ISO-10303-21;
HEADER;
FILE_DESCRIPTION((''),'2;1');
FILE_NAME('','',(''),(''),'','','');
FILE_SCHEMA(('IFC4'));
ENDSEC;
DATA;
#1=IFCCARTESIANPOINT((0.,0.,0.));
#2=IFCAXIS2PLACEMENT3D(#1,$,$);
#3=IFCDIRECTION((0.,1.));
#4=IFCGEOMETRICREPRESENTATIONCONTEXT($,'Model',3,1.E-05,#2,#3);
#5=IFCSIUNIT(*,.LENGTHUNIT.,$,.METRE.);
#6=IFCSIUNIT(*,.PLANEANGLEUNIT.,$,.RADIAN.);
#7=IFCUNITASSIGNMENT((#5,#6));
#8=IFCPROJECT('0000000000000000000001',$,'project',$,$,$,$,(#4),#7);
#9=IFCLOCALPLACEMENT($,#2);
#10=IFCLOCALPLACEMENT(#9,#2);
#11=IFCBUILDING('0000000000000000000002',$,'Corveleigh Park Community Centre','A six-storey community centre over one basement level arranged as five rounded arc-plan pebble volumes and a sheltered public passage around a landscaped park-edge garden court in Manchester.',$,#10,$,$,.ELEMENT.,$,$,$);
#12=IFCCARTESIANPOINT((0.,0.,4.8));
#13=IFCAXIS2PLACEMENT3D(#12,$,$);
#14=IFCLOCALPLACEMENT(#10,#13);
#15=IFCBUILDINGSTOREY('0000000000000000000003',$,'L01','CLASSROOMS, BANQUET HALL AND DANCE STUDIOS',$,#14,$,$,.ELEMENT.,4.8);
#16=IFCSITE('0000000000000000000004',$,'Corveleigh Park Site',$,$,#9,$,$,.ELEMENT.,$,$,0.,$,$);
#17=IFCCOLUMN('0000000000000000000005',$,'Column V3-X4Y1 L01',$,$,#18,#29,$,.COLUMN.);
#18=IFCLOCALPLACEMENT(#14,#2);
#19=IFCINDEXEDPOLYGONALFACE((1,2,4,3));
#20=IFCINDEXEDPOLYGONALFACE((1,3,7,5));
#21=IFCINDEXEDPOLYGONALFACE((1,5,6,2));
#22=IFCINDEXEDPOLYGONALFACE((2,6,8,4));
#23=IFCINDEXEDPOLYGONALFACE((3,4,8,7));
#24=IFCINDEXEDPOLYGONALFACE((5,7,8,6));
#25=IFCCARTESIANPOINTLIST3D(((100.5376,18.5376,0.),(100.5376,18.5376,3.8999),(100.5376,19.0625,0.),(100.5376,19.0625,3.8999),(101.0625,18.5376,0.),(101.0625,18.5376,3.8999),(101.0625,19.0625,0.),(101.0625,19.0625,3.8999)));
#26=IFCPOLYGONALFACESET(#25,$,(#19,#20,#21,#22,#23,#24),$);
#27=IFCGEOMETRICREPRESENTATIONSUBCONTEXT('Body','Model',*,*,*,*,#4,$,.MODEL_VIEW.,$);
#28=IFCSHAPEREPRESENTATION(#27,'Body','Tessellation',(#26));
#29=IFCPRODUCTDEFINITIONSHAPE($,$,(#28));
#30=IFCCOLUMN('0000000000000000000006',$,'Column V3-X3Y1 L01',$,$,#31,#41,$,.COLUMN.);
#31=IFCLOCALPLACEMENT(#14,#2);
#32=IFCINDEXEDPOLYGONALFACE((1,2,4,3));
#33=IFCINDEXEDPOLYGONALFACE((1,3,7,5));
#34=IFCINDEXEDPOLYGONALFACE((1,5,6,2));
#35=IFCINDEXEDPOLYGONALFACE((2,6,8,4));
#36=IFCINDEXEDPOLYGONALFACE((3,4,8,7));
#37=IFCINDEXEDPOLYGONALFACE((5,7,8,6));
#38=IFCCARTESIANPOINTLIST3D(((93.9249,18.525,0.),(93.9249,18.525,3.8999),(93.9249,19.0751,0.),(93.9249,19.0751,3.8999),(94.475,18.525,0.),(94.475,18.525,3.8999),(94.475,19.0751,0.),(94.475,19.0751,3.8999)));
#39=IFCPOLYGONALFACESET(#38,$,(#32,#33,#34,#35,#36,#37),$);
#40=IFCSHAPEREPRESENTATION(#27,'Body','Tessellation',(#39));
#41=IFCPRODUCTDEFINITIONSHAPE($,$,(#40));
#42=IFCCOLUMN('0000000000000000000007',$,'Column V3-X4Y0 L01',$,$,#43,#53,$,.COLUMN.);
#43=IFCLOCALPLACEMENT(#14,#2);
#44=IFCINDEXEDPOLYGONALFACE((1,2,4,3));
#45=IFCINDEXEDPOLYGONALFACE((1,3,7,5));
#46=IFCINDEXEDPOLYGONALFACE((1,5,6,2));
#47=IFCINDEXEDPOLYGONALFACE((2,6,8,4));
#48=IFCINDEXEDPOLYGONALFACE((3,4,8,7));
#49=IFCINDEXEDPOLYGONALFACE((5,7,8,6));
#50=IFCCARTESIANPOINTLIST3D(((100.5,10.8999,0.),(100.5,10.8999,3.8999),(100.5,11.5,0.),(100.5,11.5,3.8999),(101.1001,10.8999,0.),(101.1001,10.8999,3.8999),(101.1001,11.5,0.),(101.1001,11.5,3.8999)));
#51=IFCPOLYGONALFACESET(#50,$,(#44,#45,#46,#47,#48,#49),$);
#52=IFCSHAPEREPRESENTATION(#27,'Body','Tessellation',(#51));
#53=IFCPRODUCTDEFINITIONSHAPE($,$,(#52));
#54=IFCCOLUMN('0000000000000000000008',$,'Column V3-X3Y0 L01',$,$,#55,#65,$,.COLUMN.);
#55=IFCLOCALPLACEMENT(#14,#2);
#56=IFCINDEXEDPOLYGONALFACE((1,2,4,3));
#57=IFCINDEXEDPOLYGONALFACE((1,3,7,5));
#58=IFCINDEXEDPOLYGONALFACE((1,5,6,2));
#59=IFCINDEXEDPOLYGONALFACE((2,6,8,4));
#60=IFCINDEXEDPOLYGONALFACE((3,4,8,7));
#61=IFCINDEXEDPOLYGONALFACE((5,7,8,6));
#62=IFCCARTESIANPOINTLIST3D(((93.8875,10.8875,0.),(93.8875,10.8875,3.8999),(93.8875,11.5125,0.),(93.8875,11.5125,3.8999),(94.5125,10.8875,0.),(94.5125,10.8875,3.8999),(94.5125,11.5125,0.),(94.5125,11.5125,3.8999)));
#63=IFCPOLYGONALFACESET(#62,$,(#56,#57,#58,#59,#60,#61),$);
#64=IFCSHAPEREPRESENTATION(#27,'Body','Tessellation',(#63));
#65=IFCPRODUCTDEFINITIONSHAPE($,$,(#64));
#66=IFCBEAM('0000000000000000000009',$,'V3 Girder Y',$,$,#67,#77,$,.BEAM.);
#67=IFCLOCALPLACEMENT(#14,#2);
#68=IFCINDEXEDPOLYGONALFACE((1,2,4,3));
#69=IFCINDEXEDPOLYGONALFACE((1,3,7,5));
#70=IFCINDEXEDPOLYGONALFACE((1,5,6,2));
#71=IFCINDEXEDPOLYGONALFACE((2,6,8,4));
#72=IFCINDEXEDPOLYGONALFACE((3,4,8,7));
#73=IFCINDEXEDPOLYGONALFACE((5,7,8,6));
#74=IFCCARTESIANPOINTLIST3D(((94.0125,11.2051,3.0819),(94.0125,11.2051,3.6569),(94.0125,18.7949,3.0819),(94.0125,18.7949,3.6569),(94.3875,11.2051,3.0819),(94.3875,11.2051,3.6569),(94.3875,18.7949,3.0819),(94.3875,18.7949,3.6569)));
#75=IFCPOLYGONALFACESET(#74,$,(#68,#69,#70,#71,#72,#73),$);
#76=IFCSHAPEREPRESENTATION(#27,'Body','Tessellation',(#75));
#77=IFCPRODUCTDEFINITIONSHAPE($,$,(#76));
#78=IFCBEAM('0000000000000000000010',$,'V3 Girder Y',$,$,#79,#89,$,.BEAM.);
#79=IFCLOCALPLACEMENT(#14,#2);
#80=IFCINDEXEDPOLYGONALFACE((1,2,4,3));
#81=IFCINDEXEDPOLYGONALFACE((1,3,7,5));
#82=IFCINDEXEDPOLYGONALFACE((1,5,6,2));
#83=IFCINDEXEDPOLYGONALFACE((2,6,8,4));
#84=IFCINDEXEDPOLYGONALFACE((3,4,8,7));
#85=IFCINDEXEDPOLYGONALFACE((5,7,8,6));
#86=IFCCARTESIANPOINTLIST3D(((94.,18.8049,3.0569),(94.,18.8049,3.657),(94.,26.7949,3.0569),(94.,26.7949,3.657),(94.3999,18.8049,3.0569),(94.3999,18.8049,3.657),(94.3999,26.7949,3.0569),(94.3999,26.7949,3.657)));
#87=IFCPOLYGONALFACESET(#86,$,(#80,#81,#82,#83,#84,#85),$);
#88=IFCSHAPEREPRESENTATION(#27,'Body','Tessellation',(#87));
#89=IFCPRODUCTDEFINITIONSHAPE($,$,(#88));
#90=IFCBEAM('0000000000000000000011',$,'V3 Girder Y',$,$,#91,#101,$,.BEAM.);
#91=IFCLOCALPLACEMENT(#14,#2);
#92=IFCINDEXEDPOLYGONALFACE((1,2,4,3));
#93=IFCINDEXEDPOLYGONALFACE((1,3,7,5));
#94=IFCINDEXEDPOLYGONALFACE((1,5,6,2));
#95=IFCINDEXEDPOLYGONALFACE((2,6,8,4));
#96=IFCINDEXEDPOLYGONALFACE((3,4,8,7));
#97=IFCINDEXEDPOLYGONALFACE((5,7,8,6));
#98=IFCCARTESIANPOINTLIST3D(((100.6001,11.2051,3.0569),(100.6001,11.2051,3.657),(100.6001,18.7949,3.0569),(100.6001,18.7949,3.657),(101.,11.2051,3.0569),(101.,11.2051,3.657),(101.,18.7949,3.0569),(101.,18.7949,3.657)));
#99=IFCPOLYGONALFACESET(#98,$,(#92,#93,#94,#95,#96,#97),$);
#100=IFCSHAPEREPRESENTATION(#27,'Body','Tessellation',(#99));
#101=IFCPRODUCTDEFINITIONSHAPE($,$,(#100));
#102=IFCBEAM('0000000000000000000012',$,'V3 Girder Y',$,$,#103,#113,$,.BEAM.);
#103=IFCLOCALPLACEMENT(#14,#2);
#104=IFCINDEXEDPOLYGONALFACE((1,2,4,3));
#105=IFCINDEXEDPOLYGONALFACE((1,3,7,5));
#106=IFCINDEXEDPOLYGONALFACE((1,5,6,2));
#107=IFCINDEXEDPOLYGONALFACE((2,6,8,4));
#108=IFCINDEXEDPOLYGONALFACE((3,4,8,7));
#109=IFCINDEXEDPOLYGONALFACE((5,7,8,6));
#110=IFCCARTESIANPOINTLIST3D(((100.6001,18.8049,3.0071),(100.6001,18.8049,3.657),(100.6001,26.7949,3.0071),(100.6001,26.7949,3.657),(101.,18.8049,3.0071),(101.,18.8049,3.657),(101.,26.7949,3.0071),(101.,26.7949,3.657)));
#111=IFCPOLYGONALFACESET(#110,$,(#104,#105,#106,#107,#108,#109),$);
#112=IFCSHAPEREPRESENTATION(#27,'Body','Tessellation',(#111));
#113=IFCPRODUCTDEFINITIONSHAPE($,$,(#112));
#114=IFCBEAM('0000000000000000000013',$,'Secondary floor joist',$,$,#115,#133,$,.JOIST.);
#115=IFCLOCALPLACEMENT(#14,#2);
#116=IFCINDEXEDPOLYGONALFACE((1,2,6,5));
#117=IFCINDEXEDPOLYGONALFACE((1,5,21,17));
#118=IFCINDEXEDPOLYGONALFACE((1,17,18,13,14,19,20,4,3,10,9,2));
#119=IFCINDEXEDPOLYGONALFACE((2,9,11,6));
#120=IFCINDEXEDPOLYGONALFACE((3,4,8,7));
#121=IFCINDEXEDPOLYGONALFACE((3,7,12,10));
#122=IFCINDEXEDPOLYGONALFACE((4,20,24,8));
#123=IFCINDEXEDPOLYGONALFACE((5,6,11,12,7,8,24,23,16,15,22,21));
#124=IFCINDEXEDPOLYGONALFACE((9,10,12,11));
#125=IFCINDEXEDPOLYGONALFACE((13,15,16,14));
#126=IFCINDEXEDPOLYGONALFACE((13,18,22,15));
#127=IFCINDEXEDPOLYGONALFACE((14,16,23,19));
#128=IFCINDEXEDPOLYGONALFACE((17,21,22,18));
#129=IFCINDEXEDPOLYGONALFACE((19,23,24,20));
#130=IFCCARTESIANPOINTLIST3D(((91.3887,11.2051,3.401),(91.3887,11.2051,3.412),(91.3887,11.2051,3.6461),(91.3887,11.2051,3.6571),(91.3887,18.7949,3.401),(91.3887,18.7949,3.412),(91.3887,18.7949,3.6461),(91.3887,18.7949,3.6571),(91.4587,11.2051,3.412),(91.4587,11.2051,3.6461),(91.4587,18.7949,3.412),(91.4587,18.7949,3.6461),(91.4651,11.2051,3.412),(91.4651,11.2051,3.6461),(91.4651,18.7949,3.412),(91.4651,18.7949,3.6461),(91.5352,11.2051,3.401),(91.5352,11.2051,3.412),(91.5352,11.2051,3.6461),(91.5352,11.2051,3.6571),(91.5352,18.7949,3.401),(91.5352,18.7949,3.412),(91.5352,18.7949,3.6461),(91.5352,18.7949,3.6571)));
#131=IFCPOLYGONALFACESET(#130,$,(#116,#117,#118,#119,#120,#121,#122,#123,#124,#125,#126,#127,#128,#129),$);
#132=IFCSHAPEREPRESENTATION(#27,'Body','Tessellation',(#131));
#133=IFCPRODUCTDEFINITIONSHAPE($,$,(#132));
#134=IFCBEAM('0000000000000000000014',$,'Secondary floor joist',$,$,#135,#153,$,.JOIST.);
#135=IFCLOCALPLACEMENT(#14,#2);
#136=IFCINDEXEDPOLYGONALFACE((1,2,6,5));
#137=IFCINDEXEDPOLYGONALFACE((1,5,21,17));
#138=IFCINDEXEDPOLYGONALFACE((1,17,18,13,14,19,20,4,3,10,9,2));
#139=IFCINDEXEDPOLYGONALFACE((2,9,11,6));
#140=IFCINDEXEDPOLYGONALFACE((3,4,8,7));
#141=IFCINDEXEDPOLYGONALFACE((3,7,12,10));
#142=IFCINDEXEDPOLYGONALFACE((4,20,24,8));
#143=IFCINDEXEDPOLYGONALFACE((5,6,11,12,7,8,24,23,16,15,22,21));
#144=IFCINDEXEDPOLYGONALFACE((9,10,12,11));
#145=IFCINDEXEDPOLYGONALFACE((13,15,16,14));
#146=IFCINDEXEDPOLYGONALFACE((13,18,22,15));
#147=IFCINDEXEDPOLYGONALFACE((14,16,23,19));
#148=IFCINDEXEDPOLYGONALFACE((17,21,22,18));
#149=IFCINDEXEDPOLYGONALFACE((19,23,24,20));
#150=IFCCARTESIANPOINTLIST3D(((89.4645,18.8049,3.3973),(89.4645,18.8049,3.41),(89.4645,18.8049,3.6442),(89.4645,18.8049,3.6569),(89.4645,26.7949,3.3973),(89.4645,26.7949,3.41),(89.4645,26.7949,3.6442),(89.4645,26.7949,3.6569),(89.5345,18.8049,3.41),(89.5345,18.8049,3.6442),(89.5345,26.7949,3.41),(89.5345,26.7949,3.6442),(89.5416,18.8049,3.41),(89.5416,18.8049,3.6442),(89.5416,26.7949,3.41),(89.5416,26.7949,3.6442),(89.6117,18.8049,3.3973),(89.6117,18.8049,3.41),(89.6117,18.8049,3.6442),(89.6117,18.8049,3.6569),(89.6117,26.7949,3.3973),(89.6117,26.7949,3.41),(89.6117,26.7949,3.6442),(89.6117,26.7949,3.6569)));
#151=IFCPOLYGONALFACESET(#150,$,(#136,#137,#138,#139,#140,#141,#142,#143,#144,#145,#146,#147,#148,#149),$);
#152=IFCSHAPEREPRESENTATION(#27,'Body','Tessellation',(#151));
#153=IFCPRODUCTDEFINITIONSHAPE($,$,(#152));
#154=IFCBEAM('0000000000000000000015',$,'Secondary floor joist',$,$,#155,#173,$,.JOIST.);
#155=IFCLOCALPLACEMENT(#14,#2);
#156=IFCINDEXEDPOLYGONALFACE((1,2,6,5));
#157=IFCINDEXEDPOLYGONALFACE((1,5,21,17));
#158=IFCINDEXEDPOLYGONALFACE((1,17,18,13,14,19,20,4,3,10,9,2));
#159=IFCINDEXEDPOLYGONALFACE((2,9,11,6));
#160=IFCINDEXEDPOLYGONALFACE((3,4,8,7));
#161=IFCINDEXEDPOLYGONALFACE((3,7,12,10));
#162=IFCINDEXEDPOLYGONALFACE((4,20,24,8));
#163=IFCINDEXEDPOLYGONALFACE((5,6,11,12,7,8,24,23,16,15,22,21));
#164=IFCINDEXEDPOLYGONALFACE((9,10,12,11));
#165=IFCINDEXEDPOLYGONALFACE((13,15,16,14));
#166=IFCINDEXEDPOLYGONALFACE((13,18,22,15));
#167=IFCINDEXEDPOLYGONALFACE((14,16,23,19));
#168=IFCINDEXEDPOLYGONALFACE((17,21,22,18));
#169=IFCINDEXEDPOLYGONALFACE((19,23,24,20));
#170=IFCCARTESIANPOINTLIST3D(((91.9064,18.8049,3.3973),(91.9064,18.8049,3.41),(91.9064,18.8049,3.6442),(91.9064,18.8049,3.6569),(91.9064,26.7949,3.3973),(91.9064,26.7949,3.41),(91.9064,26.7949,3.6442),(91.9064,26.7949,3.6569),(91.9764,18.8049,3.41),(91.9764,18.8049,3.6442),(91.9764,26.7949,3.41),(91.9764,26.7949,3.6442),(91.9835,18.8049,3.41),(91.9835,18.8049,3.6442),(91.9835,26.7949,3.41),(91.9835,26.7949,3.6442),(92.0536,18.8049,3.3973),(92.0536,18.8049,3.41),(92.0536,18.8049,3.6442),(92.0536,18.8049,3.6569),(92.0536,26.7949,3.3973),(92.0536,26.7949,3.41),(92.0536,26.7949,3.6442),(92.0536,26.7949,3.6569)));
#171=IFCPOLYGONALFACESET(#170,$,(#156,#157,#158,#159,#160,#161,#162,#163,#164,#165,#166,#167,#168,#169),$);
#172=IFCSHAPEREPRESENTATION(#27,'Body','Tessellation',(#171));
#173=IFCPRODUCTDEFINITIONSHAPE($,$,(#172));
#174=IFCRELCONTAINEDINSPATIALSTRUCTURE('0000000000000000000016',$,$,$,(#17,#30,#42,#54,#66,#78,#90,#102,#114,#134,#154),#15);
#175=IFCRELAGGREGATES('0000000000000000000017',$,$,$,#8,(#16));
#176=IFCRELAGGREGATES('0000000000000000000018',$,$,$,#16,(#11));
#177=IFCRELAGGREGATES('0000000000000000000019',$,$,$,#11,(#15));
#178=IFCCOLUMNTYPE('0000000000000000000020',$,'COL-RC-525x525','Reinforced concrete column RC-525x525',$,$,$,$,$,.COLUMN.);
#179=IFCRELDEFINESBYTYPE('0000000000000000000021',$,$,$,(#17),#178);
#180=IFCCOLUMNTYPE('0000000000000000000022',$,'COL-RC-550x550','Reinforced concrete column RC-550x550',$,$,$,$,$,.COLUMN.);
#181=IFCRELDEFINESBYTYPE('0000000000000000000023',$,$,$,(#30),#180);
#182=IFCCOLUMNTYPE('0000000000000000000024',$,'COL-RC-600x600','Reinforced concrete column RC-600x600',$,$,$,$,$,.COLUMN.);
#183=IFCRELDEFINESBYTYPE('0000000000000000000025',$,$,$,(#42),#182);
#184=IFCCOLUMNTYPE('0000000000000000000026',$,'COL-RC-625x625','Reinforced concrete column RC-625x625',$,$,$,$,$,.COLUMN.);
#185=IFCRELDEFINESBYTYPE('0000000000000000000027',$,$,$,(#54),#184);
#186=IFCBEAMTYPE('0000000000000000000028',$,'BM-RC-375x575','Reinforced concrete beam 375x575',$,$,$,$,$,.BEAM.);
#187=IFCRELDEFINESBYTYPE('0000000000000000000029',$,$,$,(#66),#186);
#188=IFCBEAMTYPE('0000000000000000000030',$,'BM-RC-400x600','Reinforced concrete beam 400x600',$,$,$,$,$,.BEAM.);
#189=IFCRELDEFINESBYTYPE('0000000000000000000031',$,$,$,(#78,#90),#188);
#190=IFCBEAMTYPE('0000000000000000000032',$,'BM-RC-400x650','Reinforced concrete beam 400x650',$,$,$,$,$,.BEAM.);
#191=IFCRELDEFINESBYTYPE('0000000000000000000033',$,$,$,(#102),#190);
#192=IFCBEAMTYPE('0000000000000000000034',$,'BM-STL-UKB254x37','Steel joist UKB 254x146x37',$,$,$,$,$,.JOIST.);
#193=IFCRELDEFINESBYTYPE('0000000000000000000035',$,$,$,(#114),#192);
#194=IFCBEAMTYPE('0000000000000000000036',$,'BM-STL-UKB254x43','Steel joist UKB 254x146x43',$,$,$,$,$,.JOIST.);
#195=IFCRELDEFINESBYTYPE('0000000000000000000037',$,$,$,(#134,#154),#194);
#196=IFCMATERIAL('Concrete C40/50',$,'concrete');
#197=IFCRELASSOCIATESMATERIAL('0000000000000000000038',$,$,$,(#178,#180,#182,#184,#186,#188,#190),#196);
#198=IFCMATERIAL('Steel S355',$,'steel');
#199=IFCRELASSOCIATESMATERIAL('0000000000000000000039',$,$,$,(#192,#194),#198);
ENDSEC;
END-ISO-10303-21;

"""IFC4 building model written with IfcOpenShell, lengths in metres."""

from ifc_helpers import new_model, si_unit, direction, frame, origin, origin_2d, place, context, subcontext, project, spatial, rectangle, i_section, extrude, material, material_profile, profile_set, type_object, element, save


model = new_model("IFC4")

# Units and contexts
model_context = context("Model", 3, precision=1e-05, world=origin(), true_north=direction((0.0, 1.0)))
body_context = subcontext(model_context, "Body", "Model", "MODEL_VIEW")
ifc_project = project(units=[si_unit("LENGTHUNIT", "METRE"), si_unit("PLANEANGLEUNIT", "RADIAN")], contexts=[model_context])

# Site, building, storey
site_placement = place(None, origin())
site = spatial("IfcSite", under=ifc_project, at=site_placement, Name="Corveleigh Park Site", CompositionType="ELEMENT", RefElevation=0.0)
building_placement = place(site_placement, origin())
building = spatial("IfcBuilding", under=site, at=building_placement, Name="Corveleigh Park Community Centre", Description="A six-storey community centre over one basement level arranged as five rounded arc-plan pebble volumes and a sheltered public passage around a landscaped park-edge garden court in Manchester.", CompositionType="ELEMENT")
storey_placement = place(building_placement, frame((0.0, 0.0, 4.8)))
storey = spatial("IfcBuildingStorey", under=building, at=storey_placement, Name="L01", Description="CLASSROOMS, BANQUET HALL AND DANCE STUDIOS", CompositionType="ELEMENT", Elevation=4.8)

# Columns
ifc_material_1 = material(Name="Concrete C40/50", Category="concrete")
ifc_material_profile_1 = material_profile(ifc_material_1, rectangle(XDim=0.5249, YDim=0.5249, at=origin_2d()), Name="RC-525x525", Category="concrete")
ifc_profile_set_1 = profile_set([ifc_material_profile_1], Name="Concrete C40/50")
column_type_1 = type_object("IfcColumnType", Name="COL-RC-525x525", Description="Reinforced concrete column RC-525x525", PredefinedType="COLUMN", material=ifc_profile_set_1)
column_1_placement = place(storey_placement, frame((100.8, 18.8, 0.0), z_axis=(0.0, 0.0, 1.0), x_axis=(1.0, 0.0, 0.0)))
element("IfcColumn", 1, at=column_1_placement, inside=storey, type_object=column_type_1, Name="Column V3-X4Y1 L01", PredefinedType="COLUMN", context=body_context, shape_type="SweptSolid", body=[
    extrude(rectangle(XDim=0.5249, YDim=0.5249, at=origin_2d()), origin(), (0.0, 0.0, 1.0), 3.8999),
])
ifc_material_profile_2 = material_profile(ifc_material_1, rectangle(XDim=0.55, YDim=0.55, at=origin_2d()), Name="RC-550x550", Category="concrete")
ifc_profile_set_2 = profile_set([ifc_material_profile_2], Name="Concrete C40/50")
column_type_2 = type_object("IfcColumnType", Name="COL-RC-550x550", Description="Reinforced concrete column RC-550x550", PredefinedType="COLUMN", material=ifc_profile_set_2)
column_2_placement = place(storey_placement, frame((94.2, 18.8, 0.0), z_axis=(0.0, 0.0, 1.0), x_axis=(1.0, 0.0, 0.0)))
element("IfcColumn", 2, at=column_2_placement, inside=storey, type_object=column_type_2, Name="Column V3-X3Y1 L01", PredefinedType="COLUMN", context=body_context, shape_type="SweptSolid", body=[
    extrude(rectangle(XDim=0.55, YDim=0.55, at=origin_2d()), origin(), (0.0, 0.0, 1.0), 3.8999),
])
ifc_material_profile_3 = material_profile(ifc_material_1, rectangle(XDim=0.6001, YDim=0.6001, at=origin_2d()), Name="RC-600x600", Category="concrete")
ifc_profile_set_3 = profile_set([ifc_material_profile_3], Name="Concrete C40/50")
column_type_3 = type_object("IfcColumnType", Name="COL-RC-600x600", Description="Reinforced concrete column RC-600x600", PredefinedType="COLUMN", material=ifc_profile_set_3)
column_3_placement = place(storey_placement, frame((100.8, 11.2, 0.0), z_axis=(0.0, 0.0, 1.0), x_axis=(1.0, 0.0, 0.0)))
element("IfcColumn", 3, at=column_3_placement, inside=storey, type_object=column_type_3, Name="Column V3-X4Y0 L01", PredefinedType="COLUMN", context=body_context, shape_type="SweptSolid", body=[
    extrude(rectangle(XDim=0.6001, YDim=0.6001, at=origin_2d()), origin(), (0.0, 0.0, 1.0), 3.8999),
])
ifc_material_profile_4 = material_profile(ifc_material_1, rectangle(XDim=0.625, YDim=0.625, at=origin_2d()), Name="RC-625x625", Category="concrete")
ifc_profile_set_4 = profile_set([ifc_material_profile_4], Name="Concrete C40/50")
column_type_4 = type_object("IfcColumnType", Name="COL-RC-625x625", Description="Reinforced concrete column RC-625x625", PredefinedType="COLUMN", material=ifc_profile_set_4)
column_4_placement = place(storey_placement, frame((94.2, 11.2, 0.0), z_axis=(0.0, 0.0, 1.0), x_axis=(1.0, 0.0, 0.0)))
element("IfcColumn", 4, at=column_4_placement, inside=storey, type_object=column_type_4, Name="Column V3-X3Y0 L01", PredefinedType="COLUMN", context=body_context, shape_type="SweptSolid", body=[
    extrude(rectangle(XDim=0.625, YDim=0.625, at=origin_2d()), origin(), (0.0, 0.0, 1.0), 3.8999),
])

# Beams
ifc_material_profile_5 = material_profile(ifc_material_1, rectangle(XDim=0.375, YDim=0.575, at=origin_2d()), Name="RC-375x575", Category="concrete")
ifc_profile_set_5 = profile_set([ifc_material_profile_5], Name="Concrete C40/50")
beam_type_1 = type_object("IfcBeamType", Name="BM-RC-375x575", Description="Reinforced concrete beam 375x575", PredefinedType="BEAM", material=ifc_profile_set_5)
beam_1_placement = place(storey_placement, frame((94.2, 11.2051, 3.3694), z_axis=(0.0, 1.0, 0.0), x_axis=(-1.0, 0.0, 0.0)))
element("IfcBeam", 5, at=beam_1_placement, inside=storey, type_object=beam_type_1, Name="V3 Girder Y", PredefinedType="BEAM", context=body_context, shape_type="SweptSolid", body=[
    extrude(rectangle(XDim=0.375, YDim=0.575, at=origin_2d()), origin(), (0.0, 0.0, 1.0), 7.5898),
])
ifc_material_profile_6 = material_profile(ifc_material_1, rectangle(XDim=0.3999, YDim=0.6001, at=origin_2d()), Name="RC-400x600", Category="concrete")
ifc_profile_set_6 = profile_set([ifc_material_profile_6], Name="Concrete C40/50")
beam_type_2 = type_object("IfcBeamType", Name="BM-RC-400x600", Description="Reinforced concrete beam 400x600", PredefinedType="BEAM", material=ifc_profile_set_6)
beam_2_placement = place(storey_placement, frame((94.2, 18.8049, 3.3569), z_axis=(0.0, 1.0, 0.0), x_axis=(-1.0, 0.0, 0.0)))
element("IfcBeam", 6, at=beam_2_placement, inside=storey, type_object=beam_type_2, Name="V3 Girder Y", PredefinedType="BEAM", context=body_context, shape_type="SweptSolid", body=[
    extrude(rectangle(XDim=0.3999, YDim=0.6001, at=origin_2d()), origin(), (0.0, 0.0, 1.0), 7.99),
])
beam_3_placement = place(storey_placement, frame((100.8, 11.2051, 3.3569), z_axis=(0.0, 1.0, 0.0), x_axis=(-1.0, 0.0, 0.0)))
element("IfcBeam", 7, at=beam_3_placement, inside=storey, type_object=beam_type_2, Name="V3 Girder Y", PredefinedType="BEAM", context=body_context, shape_type="SweptSolid", body=[
    extrude(rectangle(XDim=0.3999, YDim=0.6001, at=origin_2d()), origin(), (0.0, 0.0, 1.0), 7.5898),
])
ifc_material_profile_7 = material_profile(ifc_material_1, rectangle(XDim=0.3999, YDim=0.6499, at=origin_2d()), Name="RC-400x650", Category="concrete")
ifc_profile_set_7 = profile_set([ifc_material_profile_7], Name="Concrete C40/50")
beam_type_3 = type_object("IfcBeamType", Name="BM-RC-400x650", Description="Reinforced concrete beam 400x650", PredefinedType="BEAM", material=ifc_profile_set_7)
beam_4_placement = place(storey_placement, frame((100.8, 18.8049, 3.332), z_axis=(0.0, 1.0, 0.0), x_axis=(-1.0, 0.0, 0.0)))
element("IfcBeam", 8, at=beam_4_placement, inside=storey, type_object=beam_type_3, Name="V3 Girder Y", PredefinedType="BEAM", context=body_context, shape_type="SweptSolid", body=[
    extrude(rectangle(XDim=0.3999, YDim=0.6499, at=origin_2d()), origin(), (0.0, 0.0, 1.0), 7.99),
])
ifc_material_2 = material(Name="Steel S355", Category="steel")
ifc_material_profile_8 = material_profile(ifc_material_2, i_section(OverallWidth=0.1465, OverallDepth=0.2561, WebThickness=0.0063, FlangeThickness=0.011, at=origin_2d()), Name="UKB 254x146x37", Category="steel")
ifc_profile_set_8 = profile_set([ifc_material_profile_8], Name="Steel S355")
beam_type_4 = type_object("IfcBeamType", Name="BM-STL-UKB254x37", Description="Steel joist UKB 254x146x37", PredefinedType="JOIST", material=ifc_profile_set_8)
beam_5_placement = place(storey_placement, frame((91.4619, 11.2051, 3.5291), z_axis=(0.0, 1.0, 0.0), x_axis=(-1.0, 0.0, 0.0)))
element("IfcBeam", 9, at=beam_5_placement, inside=storey, type_object=beam_type_4, Name="Secondary floor joist", PredefinedType="JOIST", context=body_context, shape_type="SweptSolid", body=[
    extrude(i_section(OverallWidth=0.1465, OverallDepth=0.2561, WebThickness=0.0063, FlangeThickness=0.011, at=origin_2d()), origin(), (0.0, 0.0, 1.0), 7.5898),
])
ifc_material_profile_9 = material_profile(ifc_material_2, i_section(OverallWidth=0.1472, OverallDepth=0.2595, WebThickness=0.0071, FlangeThickness=0.0127, at=origin_2d()), Name="UKB 254x146x43", Category="steel")
ifc_profile_set_9 = profile_set([ifc_material_profile_9], Name="Steel S355")
beam_type_5 = type_object("IfcBeamType", Name="BM-STL-UKB254x43", Description="Steel joist UKB 254x146x43", PredefinedType="JOIST", material=ifc_profile_set_9)
for number, where, z_axis, x_axis, name in (
    (10, (89.5381, 18.8049, 3.5271), (0.0, 1.0, 0.0), (-1.0, 0.0, 0.0), "Secondary floor joist"),
    (11, (91.98, 18.8049, 3.5271), (0.0, 1.0, 0.0), (-1.0, 0.0, 0.0), "Secondary floor joist"),
):
    element("IfcBeam", number, at=place(storey_placement, frame(where, z_axis=z_axis, x_axis=x_axis)), inside=storey, type_object=beam_type_5, Name=name, PredefinedType="JOIST", context=body_context, shape_type="SweptSolid", body=[
        extrude(i_section(OverallWidth=0.1472, OverallDepth=0.2595, WebThickness=0.0071, FlangeThickness=0.0127, at=origin_2d()), origin(), (0.0, 0.0, 1.0), 7.99),
    ])

save(model, "model.ifc")
